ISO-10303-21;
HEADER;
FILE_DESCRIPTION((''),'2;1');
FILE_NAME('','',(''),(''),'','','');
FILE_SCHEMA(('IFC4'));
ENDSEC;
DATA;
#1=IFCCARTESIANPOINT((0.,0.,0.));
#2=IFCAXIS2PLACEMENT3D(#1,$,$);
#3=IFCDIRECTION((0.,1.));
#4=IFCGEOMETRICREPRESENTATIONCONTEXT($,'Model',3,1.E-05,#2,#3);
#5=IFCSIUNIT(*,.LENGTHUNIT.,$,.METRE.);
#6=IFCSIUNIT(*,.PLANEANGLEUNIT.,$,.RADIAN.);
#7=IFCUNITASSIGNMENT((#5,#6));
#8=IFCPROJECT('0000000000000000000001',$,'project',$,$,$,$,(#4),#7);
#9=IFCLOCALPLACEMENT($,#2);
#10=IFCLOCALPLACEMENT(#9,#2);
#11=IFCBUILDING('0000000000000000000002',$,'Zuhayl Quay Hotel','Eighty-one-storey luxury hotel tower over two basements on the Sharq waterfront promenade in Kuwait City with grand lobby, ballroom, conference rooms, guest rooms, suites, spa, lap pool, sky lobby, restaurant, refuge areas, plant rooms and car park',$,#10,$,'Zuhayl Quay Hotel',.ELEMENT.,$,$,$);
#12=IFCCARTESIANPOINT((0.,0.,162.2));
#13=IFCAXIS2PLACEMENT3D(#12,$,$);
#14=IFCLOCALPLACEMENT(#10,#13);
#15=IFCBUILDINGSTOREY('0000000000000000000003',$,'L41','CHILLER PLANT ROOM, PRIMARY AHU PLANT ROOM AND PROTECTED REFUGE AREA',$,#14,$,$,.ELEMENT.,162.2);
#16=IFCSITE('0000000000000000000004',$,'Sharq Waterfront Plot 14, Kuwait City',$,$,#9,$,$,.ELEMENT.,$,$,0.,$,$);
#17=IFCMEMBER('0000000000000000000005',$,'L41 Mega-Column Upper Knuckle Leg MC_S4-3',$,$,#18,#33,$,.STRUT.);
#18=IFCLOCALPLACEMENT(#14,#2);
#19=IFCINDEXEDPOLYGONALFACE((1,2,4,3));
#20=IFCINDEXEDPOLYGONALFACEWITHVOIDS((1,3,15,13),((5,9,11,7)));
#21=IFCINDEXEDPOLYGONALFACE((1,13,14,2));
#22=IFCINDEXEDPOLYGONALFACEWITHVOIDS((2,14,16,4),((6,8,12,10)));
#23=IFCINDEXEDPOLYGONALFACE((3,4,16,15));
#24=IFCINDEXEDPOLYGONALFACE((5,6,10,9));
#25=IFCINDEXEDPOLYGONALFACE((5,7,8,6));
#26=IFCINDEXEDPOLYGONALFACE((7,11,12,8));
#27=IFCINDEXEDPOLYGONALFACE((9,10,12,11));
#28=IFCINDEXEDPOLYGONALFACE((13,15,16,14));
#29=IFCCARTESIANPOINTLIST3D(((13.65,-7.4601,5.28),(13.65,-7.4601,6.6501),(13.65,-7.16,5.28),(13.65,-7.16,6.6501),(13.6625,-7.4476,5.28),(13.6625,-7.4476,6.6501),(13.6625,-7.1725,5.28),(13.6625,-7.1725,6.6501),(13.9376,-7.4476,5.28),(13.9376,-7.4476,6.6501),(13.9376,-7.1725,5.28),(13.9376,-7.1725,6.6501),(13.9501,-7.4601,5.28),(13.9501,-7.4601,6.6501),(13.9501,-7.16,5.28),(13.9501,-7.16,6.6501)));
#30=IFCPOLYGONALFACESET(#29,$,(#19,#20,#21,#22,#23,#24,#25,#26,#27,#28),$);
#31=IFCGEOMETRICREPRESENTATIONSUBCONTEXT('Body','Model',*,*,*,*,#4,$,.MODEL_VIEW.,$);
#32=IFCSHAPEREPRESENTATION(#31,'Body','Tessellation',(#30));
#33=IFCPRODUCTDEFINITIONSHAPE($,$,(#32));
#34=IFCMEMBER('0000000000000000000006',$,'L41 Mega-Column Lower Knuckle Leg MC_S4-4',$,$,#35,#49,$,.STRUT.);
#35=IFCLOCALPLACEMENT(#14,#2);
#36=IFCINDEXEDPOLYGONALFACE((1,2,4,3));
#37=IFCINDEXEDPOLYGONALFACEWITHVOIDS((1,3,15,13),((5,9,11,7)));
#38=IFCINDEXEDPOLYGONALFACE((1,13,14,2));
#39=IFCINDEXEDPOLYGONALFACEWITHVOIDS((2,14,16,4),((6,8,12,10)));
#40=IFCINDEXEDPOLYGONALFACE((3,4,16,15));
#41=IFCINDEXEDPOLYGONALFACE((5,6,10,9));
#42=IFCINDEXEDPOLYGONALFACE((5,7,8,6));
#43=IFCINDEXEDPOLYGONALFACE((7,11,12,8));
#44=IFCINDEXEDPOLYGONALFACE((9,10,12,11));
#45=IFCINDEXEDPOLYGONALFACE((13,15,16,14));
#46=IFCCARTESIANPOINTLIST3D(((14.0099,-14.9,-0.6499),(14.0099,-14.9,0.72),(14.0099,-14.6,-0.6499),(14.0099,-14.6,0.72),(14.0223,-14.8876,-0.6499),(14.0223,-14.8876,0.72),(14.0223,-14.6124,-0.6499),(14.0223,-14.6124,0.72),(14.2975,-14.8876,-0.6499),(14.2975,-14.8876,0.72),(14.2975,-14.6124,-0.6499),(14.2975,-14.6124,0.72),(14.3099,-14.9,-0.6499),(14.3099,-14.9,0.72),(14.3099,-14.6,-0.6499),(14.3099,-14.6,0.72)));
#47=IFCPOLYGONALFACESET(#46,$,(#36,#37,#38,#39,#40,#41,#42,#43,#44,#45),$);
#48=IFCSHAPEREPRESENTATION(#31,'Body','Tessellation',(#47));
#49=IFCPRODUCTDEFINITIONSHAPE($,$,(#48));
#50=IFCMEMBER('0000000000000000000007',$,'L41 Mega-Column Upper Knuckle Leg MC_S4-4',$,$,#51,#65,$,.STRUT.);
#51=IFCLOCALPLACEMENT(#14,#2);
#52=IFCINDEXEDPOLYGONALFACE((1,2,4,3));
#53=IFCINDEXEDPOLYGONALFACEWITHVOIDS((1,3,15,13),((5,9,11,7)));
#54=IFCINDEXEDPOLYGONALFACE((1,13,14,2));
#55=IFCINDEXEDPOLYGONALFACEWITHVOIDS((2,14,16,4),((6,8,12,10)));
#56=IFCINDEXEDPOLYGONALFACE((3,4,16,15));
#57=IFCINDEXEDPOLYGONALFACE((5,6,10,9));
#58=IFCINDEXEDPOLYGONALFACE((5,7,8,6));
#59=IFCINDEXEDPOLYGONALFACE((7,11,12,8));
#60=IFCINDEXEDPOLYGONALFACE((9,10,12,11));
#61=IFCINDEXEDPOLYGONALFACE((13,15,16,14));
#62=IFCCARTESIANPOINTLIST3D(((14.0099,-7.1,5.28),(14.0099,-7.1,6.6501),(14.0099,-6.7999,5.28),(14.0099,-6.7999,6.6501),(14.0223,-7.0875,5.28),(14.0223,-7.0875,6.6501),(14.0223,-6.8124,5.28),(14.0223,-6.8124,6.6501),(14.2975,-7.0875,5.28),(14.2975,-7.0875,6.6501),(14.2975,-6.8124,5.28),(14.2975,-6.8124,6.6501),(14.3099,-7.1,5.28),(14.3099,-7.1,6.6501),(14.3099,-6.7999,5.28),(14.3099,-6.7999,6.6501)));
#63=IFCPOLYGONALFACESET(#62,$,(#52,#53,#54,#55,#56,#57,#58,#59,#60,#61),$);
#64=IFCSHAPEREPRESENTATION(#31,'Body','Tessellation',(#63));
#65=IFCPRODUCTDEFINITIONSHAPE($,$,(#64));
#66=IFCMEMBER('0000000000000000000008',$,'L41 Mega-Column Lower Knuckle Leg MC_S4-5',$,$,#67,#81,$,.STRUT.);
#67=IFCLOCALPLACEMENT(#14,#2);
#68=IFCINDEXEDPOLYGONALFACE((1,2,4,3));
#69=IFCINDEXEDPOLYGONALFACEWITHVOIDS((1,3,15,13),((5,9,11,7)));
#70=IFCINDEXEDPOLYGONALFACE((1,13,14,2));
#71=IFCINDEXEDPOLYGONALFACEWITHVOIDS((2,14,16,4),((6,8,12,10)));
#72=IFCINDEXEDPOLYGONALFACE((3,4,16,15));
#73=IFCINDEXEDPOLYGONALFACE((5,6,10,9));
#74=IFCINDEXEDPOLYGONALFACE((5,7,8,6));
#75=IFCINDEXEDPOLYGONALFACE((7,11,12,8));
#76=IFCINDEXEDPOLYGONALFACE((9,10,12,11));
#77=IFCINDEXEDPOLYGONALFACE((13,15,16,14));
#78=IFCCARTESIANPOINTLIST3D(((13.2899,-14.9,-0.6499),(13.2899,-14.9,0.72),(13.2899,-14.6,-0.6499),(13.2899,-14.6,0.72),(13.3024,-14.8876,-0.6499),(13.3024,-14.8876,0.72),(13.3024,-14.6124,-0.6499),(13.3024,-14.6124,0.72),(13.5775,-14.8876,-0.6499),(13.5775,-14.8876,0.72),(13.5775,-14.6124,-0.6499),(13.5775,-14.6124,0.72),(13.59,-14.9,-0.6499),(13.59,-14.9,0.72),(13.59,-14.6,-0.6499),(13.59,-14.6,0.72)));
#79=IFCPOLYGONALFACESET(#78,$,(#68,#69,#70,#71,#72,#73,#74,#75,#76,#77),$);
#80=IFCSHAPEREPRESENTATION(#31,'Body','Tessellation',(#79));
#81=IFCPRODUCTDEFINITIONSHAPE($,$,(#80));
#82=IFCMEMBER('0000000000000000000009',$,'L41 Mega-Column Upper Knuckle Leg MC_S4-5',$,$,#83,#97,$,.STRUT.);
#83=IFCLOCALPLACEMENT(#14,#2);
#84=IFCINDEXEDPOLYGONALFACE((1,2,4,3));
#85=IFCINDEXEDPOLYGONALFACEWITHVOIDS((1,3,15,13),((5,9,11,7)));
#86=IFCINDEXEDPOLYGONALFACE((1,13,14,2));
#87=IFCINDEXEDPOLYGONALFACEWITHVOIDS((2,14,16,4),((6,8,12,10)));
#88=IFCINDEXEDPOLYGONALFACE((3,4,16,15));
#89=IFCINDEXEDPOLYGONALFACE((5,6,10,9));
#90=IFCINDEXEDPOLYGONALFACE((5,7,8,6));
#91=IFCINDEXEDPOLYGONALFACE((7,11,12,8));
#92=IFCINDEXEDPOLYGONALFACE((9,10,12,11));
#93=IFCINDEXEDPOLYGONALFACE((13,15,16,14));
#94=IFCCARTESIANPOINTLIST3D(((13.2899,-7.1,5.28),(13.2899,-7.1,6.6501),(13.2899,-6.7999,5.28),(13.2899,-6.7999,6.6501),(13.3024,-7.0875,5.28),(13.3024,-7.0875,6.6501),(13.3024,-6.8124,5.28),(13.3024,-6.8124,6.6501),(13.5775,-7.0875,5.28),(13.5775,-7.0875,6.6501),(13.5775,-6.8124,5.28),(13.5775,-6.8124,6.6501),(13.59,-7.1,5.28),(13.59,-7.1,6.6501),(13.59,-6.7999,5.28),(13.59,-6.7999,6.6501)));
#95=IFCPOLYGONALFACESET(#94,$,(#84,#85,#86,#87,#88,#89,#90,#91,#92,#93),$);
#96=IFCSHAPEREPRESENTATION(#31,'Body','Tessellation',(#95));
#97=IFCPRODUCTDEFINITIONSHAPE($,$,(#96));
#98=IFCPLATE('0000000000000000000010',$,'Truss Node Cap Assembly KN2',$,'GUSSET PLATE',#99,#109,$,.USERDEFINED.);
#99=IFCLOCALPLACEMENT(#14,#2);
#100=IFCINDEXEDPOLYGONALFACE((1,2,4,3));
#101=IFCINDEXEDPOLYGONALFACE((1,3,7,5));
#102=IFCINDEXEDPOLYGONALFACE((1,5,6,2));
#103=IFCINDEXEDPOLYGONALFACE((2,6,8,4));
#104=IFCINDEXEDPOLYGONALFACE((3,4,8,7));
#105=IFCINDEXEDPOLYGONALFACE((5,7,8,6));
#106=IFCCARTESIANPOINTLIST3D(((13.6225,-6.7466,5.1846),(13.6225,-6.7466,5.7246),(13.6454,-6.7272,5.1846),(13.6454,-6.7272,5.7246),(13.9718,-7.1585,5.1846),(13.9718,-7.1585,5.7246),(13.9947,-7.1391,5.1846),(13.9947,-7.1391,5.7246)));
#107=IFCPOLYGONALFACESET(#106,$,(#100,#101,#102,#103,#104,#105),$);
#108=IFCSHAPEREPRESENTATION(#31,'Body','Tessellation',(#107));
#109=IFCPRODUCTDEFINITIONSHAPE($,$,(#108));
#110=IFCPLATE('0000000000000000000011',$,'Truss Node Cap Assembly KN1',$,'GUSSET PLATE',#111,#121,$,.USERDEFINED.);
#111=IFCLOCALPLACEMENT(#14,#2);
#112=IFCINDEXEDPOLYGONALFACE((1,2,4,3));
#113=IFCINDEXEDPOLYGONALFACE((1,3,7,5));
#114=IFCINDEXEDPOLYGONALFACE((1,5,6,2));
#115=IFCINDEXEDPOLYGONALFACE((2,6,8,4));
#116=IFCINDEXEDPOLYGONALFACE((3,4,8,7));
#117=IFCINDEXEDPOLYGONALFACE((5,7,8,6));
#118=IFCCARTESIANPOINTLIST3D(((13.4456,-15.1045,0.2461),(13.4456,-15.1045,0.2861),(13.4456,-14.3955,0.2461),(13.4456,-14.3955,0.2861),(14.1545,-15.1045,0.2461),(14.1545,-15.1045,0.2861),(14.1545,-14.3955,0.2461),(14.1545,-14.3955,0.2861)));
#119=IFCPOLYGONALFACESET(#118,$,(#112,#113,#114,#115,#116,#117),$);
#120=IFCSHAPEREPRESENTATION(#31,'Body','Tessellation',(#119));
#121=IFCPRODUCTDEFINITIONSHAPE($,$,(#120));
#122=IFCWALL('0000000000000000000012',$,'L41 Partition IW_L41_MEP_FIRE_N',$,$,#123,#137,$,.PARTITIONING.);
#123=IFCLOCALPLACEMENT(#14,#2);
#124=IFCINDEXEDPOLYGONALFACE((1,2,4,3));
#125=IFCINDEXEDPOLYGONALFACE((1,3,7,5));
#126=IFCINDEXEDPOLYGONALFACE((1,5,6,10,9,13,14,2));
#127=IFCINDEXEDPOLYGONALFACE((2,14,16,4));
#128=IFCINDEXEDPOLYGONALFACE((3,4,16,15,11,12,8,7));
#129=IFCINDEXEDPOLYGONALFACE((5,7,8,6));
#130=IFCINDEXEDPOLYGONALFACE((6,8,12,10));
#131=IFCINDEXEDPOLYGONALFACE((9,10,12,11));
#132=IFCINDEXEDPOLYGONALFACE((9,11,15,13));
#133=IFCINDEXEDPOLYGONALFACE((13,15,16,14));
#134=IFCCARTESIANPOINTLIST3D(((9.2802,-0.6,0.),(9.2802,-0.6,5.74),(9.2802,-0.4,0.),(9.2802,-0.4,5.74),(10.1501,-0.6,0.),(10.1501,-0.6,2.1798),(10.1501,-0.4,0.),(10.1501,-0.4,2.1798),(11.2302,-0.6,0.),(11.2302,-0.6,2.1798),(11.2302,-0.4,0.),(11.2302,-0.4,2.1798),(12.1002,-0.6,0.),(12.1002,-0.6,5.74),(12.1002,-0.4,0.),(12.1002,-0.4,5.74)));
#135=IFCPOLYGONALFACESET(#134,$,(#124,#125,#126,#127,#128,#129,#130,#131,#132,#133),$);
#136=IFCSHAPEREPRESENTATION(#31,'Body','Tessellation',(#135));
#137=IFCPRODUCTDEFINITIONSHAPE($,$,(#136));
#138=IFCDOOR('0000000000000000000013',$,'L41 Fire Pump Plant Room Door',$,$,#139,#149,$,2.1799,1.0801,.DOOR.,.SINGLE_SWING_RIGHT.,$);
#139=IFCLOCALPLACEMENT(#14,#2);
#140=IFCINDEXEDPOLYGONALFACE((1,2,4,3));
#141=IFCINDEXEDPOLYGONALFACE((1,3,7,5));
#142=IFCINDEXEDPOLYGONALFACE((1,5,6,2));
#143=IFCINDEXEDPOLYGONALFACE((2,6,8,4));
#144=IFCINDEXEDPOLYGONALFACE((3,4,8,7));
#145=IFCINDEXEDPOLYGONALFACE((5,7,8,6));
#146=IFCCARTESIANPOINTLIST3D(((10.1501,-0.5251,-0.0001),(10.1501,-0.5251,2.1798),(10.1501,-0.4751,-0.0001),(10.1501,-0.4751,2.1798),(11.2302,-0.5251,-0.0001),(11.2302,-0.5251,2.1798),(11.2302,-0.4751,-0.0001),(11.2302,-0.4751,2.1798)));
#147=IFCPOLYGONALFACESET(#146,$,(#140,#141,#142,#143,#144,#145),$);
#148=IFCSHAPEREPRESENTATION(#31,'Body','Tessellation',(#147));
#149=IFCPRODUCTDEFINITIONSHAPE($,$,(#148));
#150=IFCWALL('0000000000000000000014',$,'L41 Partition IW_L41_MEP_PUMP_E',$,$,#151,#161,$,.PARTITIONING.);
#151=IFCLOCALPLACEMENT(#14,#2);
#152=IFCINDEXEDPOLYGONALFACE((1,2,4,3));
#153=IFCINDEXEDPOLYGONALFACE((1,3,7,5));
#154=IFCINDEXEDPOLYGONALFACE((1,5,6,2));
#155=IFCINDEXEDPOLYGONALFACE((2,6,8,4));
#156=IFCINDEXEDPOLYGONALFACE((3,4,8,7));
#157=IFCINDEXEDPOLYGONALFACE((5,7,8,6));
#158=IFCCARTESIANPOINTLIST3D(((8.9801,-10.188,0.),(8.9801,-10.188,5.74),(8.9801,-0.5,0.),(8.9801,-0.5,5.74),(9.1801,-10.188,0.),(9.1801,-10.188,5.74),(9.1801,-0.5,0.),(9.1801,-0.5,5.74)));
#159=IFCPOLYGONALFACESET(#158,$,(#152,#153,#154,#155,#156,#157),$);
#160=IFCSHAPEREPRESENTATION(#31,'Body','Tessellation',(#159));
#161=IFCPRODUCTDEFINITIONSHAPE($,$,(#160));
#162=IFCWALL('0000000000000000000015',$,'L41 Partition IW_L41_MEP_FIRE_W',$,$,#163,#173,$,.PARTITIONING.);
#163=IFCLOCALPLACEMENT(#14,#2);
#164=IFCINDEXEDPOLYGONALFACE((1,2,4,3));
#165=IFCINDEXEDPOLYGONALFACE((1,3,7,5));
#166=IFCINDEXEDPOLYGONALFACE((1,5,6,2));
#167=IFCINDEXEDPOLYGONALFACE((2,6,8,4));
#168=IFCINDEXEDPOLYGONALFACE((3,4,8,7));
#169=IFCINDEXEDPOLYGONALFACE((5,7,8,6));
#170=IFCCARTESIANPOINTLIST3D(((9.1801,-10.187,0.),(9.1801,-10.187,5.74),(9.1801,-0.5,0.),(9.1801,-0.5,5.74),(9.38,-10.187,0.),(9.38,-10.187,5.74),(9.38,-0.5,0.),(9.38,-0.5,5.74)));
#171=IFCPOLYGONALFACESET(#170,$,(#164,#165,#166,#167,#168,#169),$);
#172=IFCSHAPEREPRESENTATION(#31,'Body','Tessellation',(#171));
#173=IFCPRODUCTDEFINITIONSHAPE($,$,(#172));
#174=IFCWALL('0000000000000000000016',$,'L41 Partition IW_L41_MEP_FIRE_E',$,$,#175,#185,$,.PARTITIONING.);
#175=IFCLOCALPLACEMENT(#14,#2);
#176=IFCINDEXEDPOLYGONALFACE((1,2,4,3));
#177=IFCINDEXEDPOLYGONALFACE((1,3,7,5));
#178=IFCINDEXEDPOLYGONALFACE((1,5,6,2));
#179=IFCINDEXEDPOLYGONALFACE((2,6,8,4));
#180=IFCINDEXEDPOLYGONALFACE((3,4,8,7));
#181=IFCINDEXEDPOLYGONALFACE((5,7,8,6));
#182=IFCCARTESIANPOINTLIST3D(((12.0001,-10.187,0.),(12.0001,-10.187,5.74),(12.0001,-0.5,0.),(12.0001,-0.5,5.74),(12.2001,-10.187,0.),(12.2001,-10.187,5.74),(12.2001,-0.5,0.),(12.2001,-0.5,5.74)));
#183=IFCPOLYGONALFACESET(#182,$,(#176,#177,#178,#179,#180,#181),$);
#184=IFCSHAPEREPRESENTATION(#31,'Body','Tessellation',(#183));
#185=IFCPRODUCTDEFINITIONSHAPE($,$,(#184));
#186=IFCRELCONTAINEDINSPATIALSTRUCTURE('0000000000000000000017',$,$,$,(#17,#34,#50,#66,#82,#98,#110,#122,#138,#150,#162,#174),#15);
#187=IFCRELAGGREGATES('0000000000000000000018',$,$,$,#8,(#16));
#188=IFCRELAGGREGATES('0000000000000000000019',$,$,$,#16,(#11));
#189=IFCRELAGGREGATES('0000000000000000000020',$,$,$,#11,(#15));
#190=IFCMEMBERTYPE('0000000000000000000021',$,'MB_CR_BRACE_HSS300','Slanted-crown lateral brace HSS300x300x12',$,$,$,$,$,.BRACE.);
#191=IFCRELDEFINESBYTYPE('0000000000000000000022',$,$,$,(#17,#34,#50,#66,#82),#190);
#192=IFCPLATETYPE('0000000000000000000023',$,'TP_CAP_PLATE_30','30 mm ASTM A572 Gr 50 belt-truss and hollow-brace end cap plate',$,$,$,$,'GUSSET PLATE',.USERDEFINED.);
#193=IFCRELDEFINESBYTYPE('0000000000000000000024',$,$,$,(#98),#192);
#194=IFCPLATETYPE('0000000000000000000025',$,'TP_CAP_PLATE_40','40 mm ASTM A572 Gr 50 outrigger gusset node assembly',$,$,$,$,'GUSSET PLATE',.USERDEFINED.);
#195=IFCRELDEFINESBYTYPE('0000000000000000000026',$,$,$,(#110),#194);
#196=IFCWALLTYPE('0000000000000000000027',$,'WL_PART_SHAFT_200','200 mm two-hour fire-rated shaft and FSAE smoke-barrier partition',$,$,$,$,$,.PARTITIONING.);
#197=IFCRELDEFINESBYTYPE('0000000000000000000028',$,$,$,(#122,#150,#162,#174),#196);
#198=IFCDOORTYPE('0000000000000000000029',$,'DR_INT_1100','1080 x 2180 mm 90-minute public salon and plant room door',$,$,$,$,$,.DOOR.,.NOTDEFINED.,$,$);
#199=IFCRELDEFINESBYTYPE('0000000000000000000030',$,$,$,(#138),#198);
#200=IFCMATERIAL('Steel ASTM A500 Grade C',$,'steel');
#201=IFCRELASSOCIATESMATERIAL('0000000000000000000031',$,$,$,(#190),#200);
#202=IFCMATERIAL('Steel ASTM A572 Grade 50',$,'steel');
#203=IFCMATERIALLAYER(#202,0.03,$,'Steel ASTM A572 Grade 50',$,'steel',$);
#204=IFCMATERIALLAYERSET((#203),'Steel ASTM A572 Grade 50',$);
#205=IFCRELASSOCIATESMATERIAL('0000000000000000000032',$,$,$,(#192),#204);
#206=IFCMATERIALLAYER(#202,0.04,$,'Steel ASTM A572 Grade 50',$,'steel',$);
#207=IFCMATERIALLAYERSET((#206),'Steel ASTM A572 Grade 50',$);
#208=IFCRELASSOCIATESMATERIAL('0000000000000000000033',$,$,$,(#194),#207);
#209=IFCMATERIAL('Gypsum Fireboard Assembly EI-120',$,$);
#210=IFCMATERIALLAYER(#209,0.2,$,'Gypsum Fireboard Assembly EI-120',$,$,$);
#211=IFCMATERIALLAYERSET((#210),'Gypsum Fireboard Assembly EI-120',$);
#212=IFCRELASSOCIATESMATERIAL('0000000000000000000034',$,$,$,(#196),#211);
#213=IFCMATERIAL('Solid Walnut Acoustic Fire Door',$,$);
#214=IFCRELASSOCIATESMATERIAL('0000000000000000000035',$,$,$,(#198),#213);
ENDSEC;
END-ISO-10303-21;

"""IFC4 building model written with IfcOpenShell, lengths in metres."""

from ifc_helpers import new_model, si_unit, direction, frame, frame_2d, origin, origin_2d, place, context, subcontext, project, spatial, rectangle, hollow_rectangle, extrude, material, layer, layer_set, material_profile, profile_set, type_object, element, fill, save


model = new_model("IFC4")

# Units and contexts
model_context = context("Model", 3, precision=1e-05, world=origin(), true_north=direction((0.0, 1.0)))
body_context = subcontext(model_context, "Body", "Model", "MODEL_VIEW")
ifc_project = project(units=[si_unit("LENGTHUNIT", "METRE"), si_unit("PLANEANGLEUNIT", "RADIAN")], contexts=[model_context])

# Site, building, storey
site_placement = place(None, origin())
site = spatial("IfcSite", under=ifc_project, at=site_placement, Name="Sharq Waterfront Plot 14, Kuwait City", CompositionType="ELEMENT", RefElevation=0.0)
building_placement = place(site_placement, origin())
building = spatial("IfcBuilding", under=site, at=building_placement, Name="Zuhayl Quay Hotel", Description="Eighty-one-storey luxury hotel tower over two basements on the Sharq waterfront promenade in Kuwait City with grand lobby, ballroom, conference rooms, guest rooms, suites, spa, lap pool, sky lobby, restaurant, refuge areas, plant rooms and car park", LongName="Zuhayl Quay Hotel", CompositionType="ELEMENT")
storey_placement = place(building_placement, frame((0.0, 0.0, 162.2)))
storey = spatial("IfcBuildingStorey", under=building, at=storey_placement, Name="L41", Description="CHILLER PLANT ROOM, PRIMARY AHU PLANT ROOM AND PROTECTED REFUGE AREA", CompositionType="ELEMENT", Elevation=162.2)

# Members
ifc_material_1 = material(Name="Steel ASTM A500 Grade C", Category="steel")
ifc_material_profile_1 = material_profile(ifc_material_1, hollow_rectangle(XDim=0.3, YDim=0.3, WallThickness=0.0125, at=origin_2d()), Name="HSS300X300X12")
ifc_profile_set_1 = profile_set([ifc_material_profile_1], Name="Steel ASTM A500 Grade C")
member_type = type_object("IfcMemberType", Name="MB_CR_BRACE_HSS300", Description="Slanted-crown lateral brace HSS300x300x12", PredefinedType="BRACE", material=ifc_profile_set_1)
member_1_placement = place(storey_placement, frame((13.8, -7.3101, 5.28), z_axis=(0.0, 0.0, 1.0), x_axis=(1.0, 0.0, 0.0)))
element("IfcMember", 1, at=member_1_placement, inside=storey, type_object=member_type, Name="L41 Mega-Column Upper Knuckle Leg MC_S4-3", PredefinedType="STRUT", context=body_context, shape_type="SweptSolid", body=[
    extrude(hollow_rectangle(XDim=0.3, YDim=0.3, WallThickness=0.0125, at=origin_2d()), origin(), (0.0, 0.0, 1.0), 1.3701),
])
member_2_placement = place(storey_placement, frame((14.1599, -14.75, -0.6499), z_axis=(0.0, 0.0, 1.0), x_axis=(1.0, 0.0, 0.0)))
element("IfcMember", 2, at=member_2_placement, inside=storey, type_object=member_type, Name="L41 Mega-Column Lower Knuckle Leg MC_S4-4", PredefinedType="STRUT", context=body_context, shape_type="SweptSolid", body=[
    extrude(hollow_rectangle(XDim=0.3, YDim=0.3, WallThickness=0.0125, at=origin_2d()), origin(), (0.0, 0.0, 1.0), 1.3699),
])
member_3_placement = place(storey_placement, frame((14.1599, -6.95, 5.28), z_axis=(0.0, 0.0, 1.0), x_axis=(1.0, 0.0, 0.0)))
element("IfcMember", 3, at=member_3_placement, inside=storey, type_object=member_type, Name="L41 Mega-Column Upper Knuckle Leg MC_S4-4", PredefinedType="STRUT", context=body_context, shape_type="SweptSolid", body=[
    extrude(hollow_rectangle(XDim=0.3, YDim=0.3, WallThickness=0.0125, at=origin_2d()), origin(), (0.0, 0.0, 1.0), 1.3701),
])
member_4_placement = place(storey_placement, frame((13.4399, -14.75, -0.6499), z_axis=(0.0, 0.0, 1.0), x_axis=(1.0, 0.0, 0.0)))
element("IfcMember", 4, at=member_4_placement, inside=storey, type_object=member_type, Name="L41 Mega-Column Lower Knuckle Leg MC_S4-5", PredefinedType="STRUT", context=body_context, shape_type="SweptSolid", body=[
    extrude(hollow_rectangle(XDim=0.3, YDim=0.3, WallThickness=0.0125, at=origin_2d()), origin(), (0.0, 0.0, 1.0), 1.3699),
])
member_5_placement = place(storey_placement, frame((13.4399, -6.95, 5.28), z_axis=(0.0, 0.0, 1.0), x_axis=(1.0, 0.0, 0.0)))
element("IfcMember", 5, at=member_5_placement, inside=storey, type_object=member_type, Name="L41 Mega-Column Upper Knuckle Leg MC_S4-5", PredefinedType="STRUT", context=body_context, shape_type="SweptSolid", body=[
    extrude(hollow_rectangle(XDim=0.3, YDim=0.3, WallThickness=0.0125, at=origin_2d()), origin(), (0.0, 0.0, 1.0), 1.3701),
])

# Plates
ifc_material_2 = material(Name="Steel ASTM A572 Grade 50", Category="steel")
ifc_layer_1 = layer(ifc_material_2, 0.03, Name="Steel ASTM A572 Grade 50", Category="steel")
ifc_layer_set_1 = layer_set([ifc_layer_1], Name="Steel ASTM A572 Grade 50")
plate_type_1 = type_object("IfcPlateType", Name="TP_CAP_PLATE_30", Description="30 mm ASTM A572 Gr 50 belt-truss and hollow-brace end cap plate", ElementType="GUSSET PLATE", PredefinedType="USERDEFINED", material=ifc_layer_set_1)
plate_1_placement = place(storey_placement, frame((13.8086, -6.9429, 5.1846), z_axis=(0.0, 0.0, 1.0), x_axis=(0.762781, 0.646657, 0.0)))
element("IfcPlate", 6, at=plate_1_placement, inside=storey, type_object=plate_type_1, Name="Truss Node Cap Assembly KN2", ObjectType="GUSSET PLATE", PredefinedType="USERDEFINED", context=body_context, shape_type="SweptSolid", body=[
    extrude(rectangle(XDim=0.03, YDim=0.54, at=origin_2d()), origin(), (0.0, 0.0, 1.0), 0.54),
])
ifc_layer_2 = layer(ifc_material_2, 0.04, Name="Steel ASTM A572 Grade 50", Category="steel")
ifc_layer_set_2 = layer_set([ifc_layer_2], Name="Steel ASTM A572 Grade 50")
plate_type_2 = type_object("IfcPlateType", Name="TP_CAP_PLATE_40", Description="40 mm ASTM A572 Gr 50 outrigger gusset node assembly", ElementType="GUSSET PLATE", PredefinedType="USERDEFINED", material=ifc_layer_set_2)
plate_2_placement = place(storey_placement, frame((13.8, -14.75, 0.2461), z_axis=(0.0, 0.0, 1.0), x_axis=(1.0, 0.0, 0.0)))
element("IfcPlate", 7, at=plate_2_placement, inside=storey, type_object=plate_type_2, Name="Truss Node Cap Assembly KN1", ObjectType="GUSSET PLATE", PredefinedType="USERDEFINED", context=body_context, shape_type="SweptSolid", body=[
    extrude(rectangle(XDim=0.709, YDim=0.709, at=origin_2d()), origin(), (0.0, 0.0, 1.0), 0.04),
])

# Wall, opening, door
ifc_material_3 = material(Name="Gypsum Fireboard Assembly EI-120")
ifc_layer_3 = layer(ifc_material_3, 0.2, Name="Gypsum Fireboard Assembly EI-120")
ifc_layer_set_3 = layer_set([ifc_layer_3], Name="Gypsum Fireboard Assembly EI-120")
wall_type = type_object("IfcWallType", Name="WL_PART_SHAFT_200", Description="200 mm two-hour fire-rated shaft and FSAE smoke-barrier partition", PredefinedType="PARTITIONING", material=ifc_layer_set_3)
wall_1_placement = place(storey_placement, frame((9.28, -0.5, 0.0), z_axis=(0.0, 0.0, 1.0), x_axis=(1.0, 0.0, 0.0)))
wall_1 = element("IfcWall", 8, at=wall_1_placement, inside=storey, type_object=wall_type, Name="L41 Partition IW_L41_MEP_FIRE_N", PredefinedType="PARTITIONING", context=body_context, shape_type="SweptSolid", body=[
    extrude(rectangle(XDim=2.8201, YDim=0.2, at=frame_2d((1.4102, 0.0))), origin(), (0.0, 0.0, 1.0), 5.74),
])
opening_placement = place(wall_1_placement, frame((0.8701, 0.0, 0.0)))
opening = element("IfcOpeningElement", 9, at=opening_placement, cuts=wall_1, PredefinedType="OPENING", context=body_context, shape_type="SweptSolid", body=[
    extrude(rectangle(XDim=1.0801, YDim=2.1799, at=frame_2d((0.54, 1.0898))), frame((0.0, 0.1099, 0.0), z_axis=(0.0, -1.0, 0.0), x_axis=(1.0, 0.0, 0.0)), (0.0, 0.0, 1.0), 0.22),
])
ifc_material_4 = material(Name="Solid Walnut Acoustic Fire Door")
door_type = type_object("IfcDoorType", Name="DR_INT_1100", Description="1080 x 2180 mm 90-minute public salon and plant room door", OperationType="NOTDEFINED", PredefinedType="DOOR", material=ifc_material_4)
door_placement = place(opening_placement, origin())
door = element("IfcDoor", 10, at=door_placement, inside=storey, type_object=door_type, Name="L41 Fire Pump Plant Room Door", OperationType="SINGLE_SWING_RIGHT", OverallHeight=2.1799, OverallWidth=1.0801, PredefinedType="DOOR", context=body_context, shape_type="SweptSolid", body=[
    extrude(rectangle(XDim=1.0801, YDim=2.1799, at=frame_2d((0.54, 1.0898))), frame((0.0, 0.0249, 0.0), z_axis=(0.0, -1.0, 0.0), x_axis=(1.0, 0.0, 0.0)), (0.0, 0.0, 1.0), 0.05),
])
fill(opening, door)

# Walls
wall_2_placement = place(storey_placement, frame((9.0801, -10.188, 0.0), z_axis=(0.0, 0.0, 1.0), x_axis=(0.0, 1.0, 0.0)))
element("IfcWall", 11, at=wall_2_placement, inside=storey, type_object=wall_type, Name="L41 Partition IW_L41_MEP_PUMP_E", PredefinedType="PARTITIONING", context=body_context, shape_type="SweptSolid", body=[
    extrude(rectangle(XDim=9.688, YDim=0.2, at=frame_2d((4.844, 0.0))), origin(), (0.0, 0.0, 1.0), 5.74),
])
for number, where, z_axis, x_axis, name in (
    (12, (9.28, -10.187, 0.0), (0.0, 0.0, 1.0), (0.0, 1.0, 0.0), "L41 Partition IW_L41_MEP_FIRE_W"),
    (13, (12.1001, -10.187, 0.0), (0.0, 0.0, 1.0), (0.0, 1.0, 0.0), "L41 Partition IW_L41_MEP_FIRE_E"),
):
    element("IfcWall", number, at=place(storey_placement, frame(where, z_axis=z_axis, x_axis=x_axis)), inside=storey, type_object=wall_type, Name=name, PredefinedType="PARTITIONING", context=body_context, shape_type="SweptSolid", body=[
        extrude(rectangle(XDim=9.687, YDim=0.2, at=frame_2d((4.8435, 0.0))), origin(), (0.0, 0.0, 1.0), 5.74),
    ])

save(model, "model.ifc")
